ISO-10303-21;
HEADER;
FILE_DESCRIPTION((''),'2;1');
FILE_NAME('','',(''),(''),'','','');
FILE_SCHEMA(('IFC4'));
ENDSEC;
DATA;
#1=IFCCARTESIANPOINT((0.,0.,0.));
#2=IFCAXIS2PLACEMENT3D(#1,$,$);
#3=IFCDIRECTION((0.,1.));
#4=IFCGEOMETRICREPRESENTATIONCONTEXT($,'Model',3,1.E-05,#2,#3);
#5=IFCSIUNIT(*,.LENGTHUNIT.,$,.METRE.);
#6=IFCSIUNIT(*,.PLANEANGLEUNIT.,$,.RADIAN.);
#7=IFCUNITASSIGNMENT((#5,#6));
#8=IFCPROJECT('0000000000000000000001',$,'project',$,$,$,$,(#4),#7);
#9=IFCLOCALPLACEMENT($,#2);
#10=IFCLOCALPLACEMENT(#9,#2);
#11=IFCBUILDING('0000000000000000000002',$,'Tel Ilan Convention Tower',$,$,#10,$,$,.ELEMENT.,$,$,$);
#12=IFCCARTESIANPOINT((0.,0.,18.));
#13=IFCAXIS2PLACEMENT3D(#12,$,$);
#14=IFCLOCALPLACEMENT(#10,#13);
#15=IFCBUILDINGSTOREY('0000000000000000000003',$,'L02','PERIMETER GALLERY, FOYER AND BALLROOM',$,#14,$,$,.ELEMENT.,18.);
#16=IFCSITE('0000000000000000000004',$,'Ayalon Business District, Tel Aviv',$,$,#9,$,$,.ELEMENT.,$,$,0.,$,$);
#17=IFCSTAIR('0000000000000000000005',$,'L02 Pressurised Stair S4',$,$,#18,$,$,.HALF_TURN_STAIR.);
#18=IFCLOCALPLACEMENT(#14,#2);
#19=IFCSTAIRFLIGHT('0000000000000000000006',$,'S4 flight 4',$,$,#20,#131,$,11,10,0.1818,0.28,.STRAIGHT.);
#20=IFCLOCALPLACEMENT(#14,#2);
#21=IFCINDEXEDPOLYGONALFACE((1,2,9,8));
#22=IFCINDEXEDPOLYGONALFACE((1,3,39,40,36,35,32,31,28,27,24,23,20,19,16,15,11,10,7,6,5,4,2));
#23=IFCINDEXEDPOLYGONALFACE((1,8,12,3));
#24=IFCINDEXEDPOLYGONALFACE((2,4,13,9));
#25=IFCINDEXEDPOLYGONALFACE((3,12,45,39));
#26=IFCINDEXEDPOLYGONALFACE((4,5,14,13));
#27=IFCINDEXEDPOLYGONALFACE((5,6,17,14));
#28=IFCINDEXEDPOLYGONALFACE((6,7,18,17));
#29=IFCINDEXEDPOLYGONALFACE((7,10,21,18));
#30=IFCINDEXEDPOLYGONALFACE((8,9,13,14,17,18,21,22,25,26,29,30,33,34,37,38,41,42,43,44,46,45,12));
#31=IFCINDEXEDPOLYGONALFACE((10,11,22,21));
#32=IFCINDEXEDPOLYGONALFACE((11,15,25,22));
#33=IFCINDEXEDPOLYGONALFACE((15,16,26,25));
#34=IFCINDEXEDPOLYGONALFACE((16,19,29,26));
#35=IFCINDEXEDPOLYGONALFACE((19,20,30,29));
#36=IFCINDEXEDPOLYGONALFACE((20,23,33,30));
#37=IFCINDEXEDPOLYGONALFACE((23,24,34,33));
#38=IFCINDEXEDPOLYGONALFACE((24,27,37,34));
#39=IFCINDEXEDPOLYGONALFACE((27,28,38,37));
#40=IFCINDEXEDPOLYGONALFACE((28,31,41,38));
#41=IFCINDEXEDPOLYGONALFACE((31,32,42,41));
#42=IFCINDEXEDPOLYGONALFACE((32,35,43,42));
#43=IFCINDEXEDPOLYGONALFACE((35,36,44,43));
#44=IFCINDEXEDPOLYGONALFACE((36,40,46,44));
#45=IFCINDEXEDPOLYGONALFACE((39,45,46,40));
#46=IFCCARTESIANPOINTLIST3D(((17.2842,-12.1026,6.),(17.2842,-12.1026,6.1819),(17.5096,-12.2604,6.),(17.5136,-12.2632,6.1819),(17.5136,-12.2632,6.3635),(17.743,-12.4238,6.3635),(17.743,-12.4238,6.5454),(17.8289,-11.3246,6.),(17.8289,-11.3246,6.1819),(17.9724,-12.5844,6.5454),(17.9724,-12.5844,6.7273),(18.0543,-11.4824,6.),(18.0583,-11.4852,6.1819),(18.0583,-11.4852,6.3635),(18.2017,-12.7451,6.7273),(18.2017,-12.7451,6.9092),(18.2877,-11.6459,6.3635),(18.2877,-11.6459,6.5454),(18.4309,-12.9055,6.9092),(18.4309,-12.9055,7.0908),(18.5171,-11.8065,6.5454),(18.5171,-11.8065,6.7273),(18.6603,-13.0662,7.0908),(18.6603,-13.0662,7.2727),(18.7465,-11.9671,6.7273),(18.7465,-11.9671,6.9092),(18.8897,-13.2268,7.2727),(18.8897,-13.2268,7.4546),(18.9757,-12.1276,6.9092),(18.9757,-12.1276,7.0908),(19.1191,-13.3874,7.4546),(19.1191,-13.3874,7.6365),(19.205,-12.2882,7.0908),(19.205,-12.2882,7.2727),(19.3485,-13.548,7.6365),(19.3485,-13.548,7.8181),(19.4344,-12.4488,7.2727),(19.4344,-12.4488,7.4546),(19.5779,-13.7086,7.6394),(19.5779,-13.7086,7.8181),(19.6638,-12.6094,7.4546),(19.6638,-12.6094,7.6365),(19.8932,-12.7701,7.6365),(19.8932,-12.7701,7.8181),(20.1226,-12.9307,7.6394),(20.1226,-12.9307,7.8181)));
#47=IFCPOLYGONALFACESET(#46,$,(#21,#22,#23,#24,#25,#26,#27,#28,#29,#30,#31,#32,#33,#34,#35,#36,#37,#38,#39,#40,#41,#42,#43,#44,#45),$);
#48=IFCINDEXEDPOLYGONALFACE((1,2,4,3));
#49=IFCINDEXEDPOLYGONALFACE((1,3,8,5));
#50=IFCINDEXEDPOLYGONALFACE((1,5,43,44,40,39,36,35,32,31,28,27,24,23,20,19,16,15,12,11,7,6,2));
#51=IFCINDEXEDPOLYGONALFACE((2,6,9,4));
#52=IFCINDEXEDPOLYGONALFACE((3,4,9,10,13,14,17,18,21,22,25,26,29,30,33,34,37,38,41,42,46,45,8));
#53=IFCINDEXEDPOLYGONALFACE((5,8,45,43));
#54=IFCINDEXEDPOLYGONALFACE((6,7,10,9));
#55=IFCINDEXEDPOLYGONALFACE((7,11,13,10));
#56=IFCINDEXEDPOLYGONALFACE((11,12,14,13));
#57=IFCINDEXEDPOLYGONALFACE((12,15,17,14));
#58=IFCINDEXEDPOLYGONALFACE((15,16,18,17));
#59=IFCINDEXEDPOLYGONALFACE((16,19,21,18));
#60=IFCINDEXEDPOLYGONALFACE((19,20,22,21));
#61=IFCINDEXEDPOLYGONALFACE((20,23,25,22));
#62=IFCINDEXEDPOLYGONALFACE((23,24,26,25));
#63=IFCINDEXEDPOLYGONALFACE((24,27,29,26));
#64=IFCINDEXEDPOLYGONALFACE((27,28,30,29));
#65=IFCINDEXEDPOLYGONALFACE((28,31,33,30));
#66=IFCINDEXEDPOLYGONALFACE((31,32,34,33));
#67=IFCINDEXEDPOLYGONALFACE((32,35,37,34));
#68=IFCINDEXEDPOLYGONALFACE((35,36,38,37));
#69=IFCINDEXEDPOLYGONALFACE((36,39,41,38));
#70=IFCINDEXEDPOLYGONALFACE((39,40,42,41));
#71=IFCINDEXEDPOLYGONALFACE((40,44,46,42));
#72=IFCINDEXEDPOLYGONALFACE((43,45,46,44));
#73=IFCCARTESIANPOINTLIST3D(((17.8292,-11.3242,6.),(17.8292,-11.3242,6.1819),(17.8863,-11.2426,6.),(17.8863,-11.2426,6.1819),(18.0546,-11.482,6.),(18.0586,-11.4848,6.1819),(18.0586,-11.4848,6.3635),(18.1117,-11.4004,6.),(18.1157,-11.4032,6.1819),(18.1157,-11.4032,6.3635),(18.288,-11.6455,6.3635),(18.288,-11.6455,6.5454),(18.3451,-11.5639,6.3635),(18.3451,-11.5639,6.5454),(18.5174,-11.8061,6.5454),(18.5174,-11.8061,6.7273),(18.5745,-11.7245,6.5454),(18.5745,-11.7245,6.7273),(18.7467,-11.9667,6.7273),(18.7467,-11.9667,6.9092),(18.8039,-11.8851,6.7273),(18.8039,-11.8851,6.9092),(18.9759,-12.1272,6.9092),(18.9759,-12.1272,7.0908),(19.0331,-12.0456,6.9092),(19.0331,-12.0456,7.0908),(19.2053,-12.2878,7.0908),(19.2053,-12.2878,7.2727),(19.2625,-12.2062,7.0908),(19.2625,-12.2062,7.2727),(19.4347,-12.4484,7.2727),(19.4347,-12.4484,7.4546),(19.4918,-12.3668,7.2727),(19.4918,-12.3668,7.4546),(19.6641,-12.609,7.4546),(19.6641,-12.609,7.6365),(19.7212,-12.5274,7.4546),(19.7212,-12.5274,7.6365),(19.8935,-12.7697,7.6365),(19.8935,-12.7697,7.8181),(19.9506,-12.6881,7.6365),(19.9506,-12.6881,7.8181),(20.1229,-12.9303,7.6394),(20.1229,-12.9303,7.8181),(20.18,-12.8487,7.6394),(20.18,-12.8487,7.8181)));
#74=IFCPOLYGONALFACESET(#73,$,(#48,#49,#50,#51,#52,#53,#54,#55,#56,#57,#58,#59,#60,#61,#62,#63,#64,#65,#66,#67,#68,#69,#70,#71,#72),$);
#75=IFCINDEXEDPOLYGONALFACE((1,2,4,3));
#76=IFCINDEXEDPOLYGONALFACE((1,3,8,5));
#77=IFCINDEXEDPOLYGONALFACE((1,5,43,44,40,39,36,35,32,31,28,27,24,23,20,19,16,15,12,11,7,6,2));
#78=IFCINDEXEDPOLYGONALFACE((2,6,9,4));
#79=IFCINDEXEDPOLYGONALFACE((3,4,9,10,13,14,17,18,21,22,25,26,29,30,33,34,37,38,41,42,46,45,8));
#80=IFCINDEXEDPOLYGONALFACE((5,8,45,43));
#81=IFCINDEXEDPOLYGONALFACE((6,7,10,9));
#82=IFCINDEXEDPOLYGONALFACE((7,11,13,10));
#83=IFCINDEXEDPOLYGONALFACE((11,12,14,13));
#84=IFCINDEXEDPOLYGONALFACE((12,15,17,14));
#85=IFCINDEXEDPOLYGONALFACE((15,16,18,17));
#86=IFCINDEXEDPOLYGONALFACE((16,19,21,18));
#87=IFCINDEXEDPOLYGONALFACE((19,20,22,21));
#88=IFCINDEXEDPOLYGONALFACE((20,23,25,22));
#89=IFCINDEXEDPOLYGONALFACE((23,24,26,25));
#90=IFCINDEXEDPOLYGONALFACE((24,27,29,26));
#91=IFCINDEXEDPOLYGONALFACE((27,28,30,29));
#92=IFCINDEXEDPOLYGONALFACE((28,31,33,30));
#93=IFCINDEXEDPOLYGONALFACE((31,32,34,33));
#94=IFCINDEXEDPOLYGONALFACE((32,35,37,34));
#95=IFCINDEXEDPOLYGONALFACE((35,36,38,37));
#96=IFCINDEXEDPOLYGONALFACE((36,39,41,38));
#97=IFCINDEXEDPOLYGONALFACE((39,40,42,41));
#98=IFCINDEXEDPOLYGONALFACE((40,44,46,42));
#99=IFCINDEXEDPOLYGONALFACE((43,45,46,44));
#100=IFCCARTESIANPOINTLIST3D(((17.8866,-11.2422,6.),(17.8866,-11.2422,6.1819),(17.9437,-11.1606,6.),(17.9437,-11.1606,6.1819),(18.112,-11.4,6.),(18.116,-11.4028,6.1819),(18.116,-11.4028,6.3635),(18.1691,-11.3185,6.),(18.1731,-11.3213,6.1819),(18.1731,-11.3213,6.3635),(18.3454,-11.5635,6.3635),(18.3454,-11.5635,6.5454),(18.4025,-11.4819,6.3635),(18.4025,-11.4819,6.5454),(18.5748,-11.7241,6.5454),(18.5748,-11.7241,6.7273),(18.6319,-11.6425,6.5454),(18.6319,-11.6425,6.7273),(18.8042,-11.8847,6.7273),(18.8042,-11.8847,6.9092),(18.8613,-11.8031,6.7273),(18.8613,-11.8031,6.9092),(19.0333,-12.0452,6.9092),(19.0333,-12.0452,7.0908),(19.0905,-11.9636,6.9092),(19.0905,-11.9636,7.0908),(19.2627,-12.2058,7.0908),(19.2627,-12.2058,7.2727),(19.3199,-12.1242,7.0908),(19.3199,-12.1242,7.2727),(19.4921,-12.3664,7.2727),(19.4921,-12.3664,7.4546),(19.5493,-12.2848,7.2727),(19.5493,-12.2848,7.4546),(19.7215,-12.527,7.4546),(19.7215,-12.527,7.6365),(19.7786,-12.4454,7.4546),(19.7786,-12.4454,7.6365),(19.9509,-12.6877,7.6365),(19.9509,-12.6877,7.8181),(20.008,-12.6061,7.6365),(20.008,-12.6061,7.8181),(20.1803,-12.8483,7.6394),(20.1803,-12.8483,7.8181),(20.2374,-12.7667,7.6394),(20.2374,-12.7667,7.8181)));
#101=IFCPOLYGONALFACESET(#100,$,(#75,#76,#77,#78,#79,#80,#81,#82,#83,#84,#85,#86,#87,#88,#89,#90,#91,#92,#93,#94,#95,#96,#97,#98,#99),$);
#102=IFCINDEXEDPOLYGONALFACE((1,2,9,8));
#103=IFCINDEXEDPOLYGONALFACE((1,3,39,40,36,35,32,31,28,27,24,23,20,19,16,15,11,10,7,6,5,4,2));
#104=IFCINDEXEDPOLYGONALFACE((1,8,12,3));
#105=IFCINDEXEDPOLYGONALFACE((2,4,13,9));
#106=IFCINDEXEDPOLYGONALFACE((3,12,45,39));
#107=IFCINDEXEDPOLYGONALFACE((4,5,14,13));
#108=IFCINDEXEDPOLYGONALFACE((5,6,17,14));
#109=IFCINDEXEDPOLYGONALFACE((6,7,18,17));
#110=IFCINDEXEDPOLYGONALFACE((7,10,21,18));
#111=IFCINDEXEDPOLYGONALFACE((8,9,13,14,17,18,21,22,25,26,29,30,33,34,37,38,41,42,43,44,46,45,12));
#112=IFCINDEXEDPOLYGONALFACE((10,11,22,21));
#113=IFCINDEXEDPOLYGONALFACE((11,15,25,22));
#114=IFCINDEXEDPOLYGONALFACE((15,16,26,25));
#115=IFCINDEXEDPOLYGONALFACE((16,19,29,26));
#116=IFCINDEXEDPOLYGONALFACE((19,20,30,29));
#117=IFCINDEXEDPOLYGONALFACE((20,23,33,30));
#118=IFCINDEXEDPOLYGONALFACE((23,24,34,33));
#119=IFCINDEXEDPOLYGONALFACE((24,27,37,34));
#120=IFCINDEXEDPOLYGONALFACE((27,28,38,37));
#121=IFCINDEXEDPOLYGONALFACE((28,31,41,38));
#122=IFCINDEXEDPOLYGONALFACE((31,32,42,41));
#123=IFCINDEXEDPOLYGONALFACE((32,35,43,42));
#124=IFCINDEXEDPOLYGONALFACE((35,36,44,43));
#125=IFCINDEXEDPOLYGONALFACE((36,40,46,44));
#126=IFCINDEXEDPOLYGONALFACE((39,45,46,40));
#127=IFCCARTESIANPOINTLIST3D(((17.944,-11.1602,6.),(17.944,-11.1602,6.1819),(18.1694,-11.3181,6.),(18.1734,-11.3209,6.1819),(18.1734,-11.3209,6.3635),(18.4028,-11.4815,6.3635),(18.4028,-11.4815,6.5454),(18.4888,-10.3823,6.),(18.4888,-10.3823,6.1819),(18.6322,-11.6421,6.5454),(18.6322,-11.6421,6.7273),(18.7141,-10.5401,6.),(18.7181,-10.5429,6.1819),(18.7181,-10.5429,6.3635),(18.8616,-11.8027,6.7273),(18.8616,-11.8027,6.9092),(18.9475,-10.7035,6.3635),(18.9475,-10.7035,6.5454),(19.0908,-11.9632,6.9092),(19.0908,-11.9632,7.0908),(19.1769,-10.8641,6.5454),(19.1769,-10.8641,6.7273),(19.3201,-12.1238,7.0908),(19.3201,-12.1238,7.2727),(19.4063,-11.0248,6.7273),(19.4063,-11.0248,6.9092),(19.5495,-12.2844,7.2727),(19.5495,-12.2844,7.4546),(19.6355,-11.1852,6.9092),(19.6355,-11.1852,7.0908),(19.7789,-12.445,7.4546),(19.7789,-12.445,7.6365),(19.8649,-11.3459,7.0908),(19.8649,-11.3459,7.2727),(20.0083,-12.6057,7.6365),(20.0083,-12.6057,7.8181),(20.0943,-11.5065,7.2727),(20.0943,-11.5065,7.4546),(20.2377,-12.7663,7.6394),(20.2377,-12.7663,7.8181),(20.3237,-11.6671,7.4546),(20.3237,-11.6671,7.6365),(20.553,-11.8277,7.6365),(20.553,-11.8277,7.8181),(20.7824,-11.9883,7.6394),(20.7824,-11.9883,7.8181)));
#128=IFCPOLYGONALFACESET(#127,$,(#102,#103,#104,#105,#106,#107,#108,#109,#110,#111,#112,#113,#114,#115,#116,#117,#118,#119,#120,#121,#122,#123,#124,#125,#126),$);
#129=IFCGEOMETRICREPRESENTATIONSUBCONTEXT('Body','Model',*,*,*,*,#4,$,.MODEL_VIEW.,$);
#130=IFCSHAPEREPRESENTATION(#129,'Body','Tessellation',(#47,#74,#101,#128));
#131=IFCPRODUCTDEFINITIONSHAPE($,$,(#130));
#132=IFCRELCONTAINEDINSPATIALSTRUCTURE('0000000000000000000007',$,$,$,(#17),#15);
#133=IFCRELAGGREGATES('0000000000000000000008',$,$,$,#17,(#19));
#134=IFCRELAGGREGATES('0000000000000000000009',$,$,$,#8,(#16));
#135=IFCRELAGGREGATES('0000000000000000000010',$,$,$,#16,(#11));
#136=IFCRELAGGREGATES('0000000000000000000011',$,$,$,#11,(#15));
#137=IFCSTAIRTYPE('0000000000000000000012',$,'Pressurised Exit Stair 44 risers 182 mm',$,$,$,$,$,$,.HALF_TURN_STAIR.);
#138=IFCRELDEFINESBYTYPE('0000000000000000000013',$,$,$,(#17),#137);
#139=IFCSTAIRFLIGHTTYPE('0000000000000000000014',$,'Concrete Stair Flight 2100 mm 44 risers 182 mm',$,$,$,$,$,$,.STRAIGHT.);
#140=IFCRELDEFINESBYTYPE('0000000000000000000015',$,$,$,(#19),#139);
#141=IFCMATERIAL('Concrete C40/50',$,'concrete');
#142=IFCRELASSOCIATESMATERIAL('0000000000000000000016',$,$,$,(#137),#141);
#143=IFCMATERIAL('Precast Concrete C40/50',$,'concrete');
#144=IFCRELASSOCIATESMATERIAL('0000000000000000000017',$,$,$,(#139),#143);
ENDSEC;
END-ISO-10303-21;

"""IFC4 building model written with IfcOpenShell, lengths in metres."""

from ifc_helpers import new_model, si_unit, direction, frame, origin, place, context, subcontext, project, spatial, polyline, outline, extrude, material, type_object, element, aggregate, save


model = new_model("IFC4")

# Units and contexts
model_context = context("Model", 3, precision=1e-05, world=origin(), true_north=direction((0.0, 1.0)))
body_context = subcontext(model_context, "Body", "Model", "MODEL_VIEW")
ifc_project = project(units=[si_unit("LENGTHUNIT", "METRE"), si_unit("PLANEANGLEUNIT", "RADIAN")], contexts=[model_context])

# Site, building, storey
site_placement = place(None, origin())
site = spatial("IfcSite", under=ifc_project, at=site_placement, Name="Ayalon Business District, Tel Aviv", CompositionType="ELEMENT", RefElevation=0.0)
building_placement = place(site_placement, origin())
building = spatial("IfcBuilding", under=site, at=building_placement, Name="Tel Ilan Convention Tower", CompositionType="ELEMENT")
storey_placement = place(building_placement, frame((0.0, 0.0, 18.0)))
storey = spatial("IfcBuildingStorey", under=building, at=storey_placement, Name="L02", Description="PERIMETER GALLERY, FOYER AND BALLROOM", CompositionType="ELEMENT", Elevation=18.0)

# Stair, stair flight
ifc_material_1 = material(Name="Concrete C40/50", Category="concrete")
stair_type = type_object("IfcStairType", Name="Pressurised Exit Stair 44 risers 182 mm", PredefinedType="HALF_TURN_STAIR", material=ifc_material_1)
stair_placement = place(storey_placement, origin())
stair = element("IfcStair", 1, at=stair_placement, inside=storey, type_object=stair_type, Name="L02 Pressurised Stair S4", PredefinedType="HALF_TURN_STAIR")
ifc_material_2 = material(Name="Precast Concrete C40/50", Category="concrete")
stair_flight_type = type_object("IfcStairFlightType", Name="Concrete Stair Flight 2100 mm 44 risers 182 mm", PredefinedType="STRAIGHT", material=ifc_material_2)
stair_flight_1_placement = place(storey_placement, frame((17.8865, -11.2424, 6.0), z_axis=(0.0, 0.0, 1.0), x_axis=(0.819152, -0.573576, 0.0)))
stair_flight_1 = element("IfcStairFlight", 2, at=stair_flight_1_placement, type_object=stair_flight_type, Name="S4 flight 4", NumberOfRisers=11, NumberOfTreads=10, PredefinedType="STRAIGHT", RiserHeight=0.1818, TreadLength=0.28, context=body_context, shape_type="SweptSolid", body=[
    extrude(outline(polyline([(0.0, 0.0), (0.0, 0.1819), (0.28, 0.1819), (0.28, 0.3635), (0.5601, 0.3635), (0.5601, 0.5454), (0.8401, 0.5454), (0.8401, 0.7273), (1.1201, 0.7273), (1.1201, 0.9092), (1.3999, 0.9092), (1.3999, 1.0908), (1.6799, 1.0908), (1.6799, 1.2727), (1.96, 1.2727), (1.96, 1.4546), (2.24, 1.4546), (2.24, 1.6365), (2.52, 1.6365), (2.52, 1.8181), (2.8, 1.8181), (2.8, 2.0), (2.8, 1.6394), (0.2751, 0.0), (0.0, 0.0)])), frame((0.0, -0.1003, 0.0), z_axis=(0.0, -1.0, 0.0), x_axis=(1.0, 0.0, 0.0)), (0.0, 0.0, 1.0), 0.9497),
    extrude(outline(polyline([(0.0, 0.0), (0.0, 0.1819), (0.28, 0.1819), (0.28, 0.3635), (0.5601, 0.3635), (0.5601, 0.5454), (0.8401, 0.5454), (0.8401, 0.7273), (1.1201, 0.7273), (1.1201, 0.9092), (1.3999, 0.9092), (1.3999, 1.0908), (1.6799, 1.0908), (1.6799, 1.2727), (1.96, 1.2727), (1.96, 1.4546), (2.24, 1.4546), (2.24, 1.6365), (2.52, 1.6365), (2.52, 1.8181), (2.8, 1.8181), (2.8, 2.0), (2.8, 1.6394), (0.2751, 0.0), (0.0, 0.0)])), frame((0.0, -0.0002, 0.0), z_axis=(0.0, -1.0, 0.0), x_axis=(1.0, 0.0, 0.0)), (0.0, 0.0, 1.0), 0.0996),
    extrude(outline(polyline([(0.0, 0.0), (0.0, 0.1819), (0.28, 0.1819), (0.28, 0.3635), (0.5601, 0.3635), (0.5601, 0.5454), (0.8401, 0.5454), (0.8401, 0.7273), (1.1201, 0.7273), (1.1201, 0.9092), (1.3999, 0.9092), (1.3999, 1.0908), (1.6799, 1.0908), (1.6799, 1.2727), (1.96, 1.2727), (1.96, 1.4546), (2.24, 1.4546), (2.24, 1.6365), (2.52, 1.6365), (2.52, 1.8181), (2.8, 1.8181), (2.8, 2.0), (2.8, 1.6394), (0.2751, 0.0), (0.0, 0.0)])), frame((0.0, 0.0999, 0.0), z_axis=(0.0, -1.0, 0.0), x_axis=(1.0, 0.0, 0.0)), (0.0, 0.0, 1.0), 0.0996),
    extrude(outline(polyline([(0.0, 0.0), (0.0, 0.1819), (0.28, 0.1819), (0.28, 0.3635), (0.5601, 0.3635), (0.5601, 0.5454), (0.8401, 0.5454), (0.8401, 0.7273), (1.1201, 0.7273), (1.1201, 0.9092), (1.3999, 0.9092), (1.3999, 1.0908), (1.6799, 1.0908), (1.6799, 1.2727), (1.96, 1.2727), (1.96, 1.4546), (2.24, 1.4546), (2.24, 1.6365), (2.52, 1.6365), (2.52, 1.8181), (2.8, 1.8181), (2.8, 2.0), (2.8, 1.6394), (0.2751, 0.0), (0.0, 0.0)])), frame((0.0, 1.05, 0.0), z_axis=(0.0, -1.0, 0.0), x_axis=(1.0, 0.0, 0.0)), (0.0, 0.0, 1.0), 0.9497),
])
aggregate(stair, [stair_flight_1])

save(model, "model.ifc")
